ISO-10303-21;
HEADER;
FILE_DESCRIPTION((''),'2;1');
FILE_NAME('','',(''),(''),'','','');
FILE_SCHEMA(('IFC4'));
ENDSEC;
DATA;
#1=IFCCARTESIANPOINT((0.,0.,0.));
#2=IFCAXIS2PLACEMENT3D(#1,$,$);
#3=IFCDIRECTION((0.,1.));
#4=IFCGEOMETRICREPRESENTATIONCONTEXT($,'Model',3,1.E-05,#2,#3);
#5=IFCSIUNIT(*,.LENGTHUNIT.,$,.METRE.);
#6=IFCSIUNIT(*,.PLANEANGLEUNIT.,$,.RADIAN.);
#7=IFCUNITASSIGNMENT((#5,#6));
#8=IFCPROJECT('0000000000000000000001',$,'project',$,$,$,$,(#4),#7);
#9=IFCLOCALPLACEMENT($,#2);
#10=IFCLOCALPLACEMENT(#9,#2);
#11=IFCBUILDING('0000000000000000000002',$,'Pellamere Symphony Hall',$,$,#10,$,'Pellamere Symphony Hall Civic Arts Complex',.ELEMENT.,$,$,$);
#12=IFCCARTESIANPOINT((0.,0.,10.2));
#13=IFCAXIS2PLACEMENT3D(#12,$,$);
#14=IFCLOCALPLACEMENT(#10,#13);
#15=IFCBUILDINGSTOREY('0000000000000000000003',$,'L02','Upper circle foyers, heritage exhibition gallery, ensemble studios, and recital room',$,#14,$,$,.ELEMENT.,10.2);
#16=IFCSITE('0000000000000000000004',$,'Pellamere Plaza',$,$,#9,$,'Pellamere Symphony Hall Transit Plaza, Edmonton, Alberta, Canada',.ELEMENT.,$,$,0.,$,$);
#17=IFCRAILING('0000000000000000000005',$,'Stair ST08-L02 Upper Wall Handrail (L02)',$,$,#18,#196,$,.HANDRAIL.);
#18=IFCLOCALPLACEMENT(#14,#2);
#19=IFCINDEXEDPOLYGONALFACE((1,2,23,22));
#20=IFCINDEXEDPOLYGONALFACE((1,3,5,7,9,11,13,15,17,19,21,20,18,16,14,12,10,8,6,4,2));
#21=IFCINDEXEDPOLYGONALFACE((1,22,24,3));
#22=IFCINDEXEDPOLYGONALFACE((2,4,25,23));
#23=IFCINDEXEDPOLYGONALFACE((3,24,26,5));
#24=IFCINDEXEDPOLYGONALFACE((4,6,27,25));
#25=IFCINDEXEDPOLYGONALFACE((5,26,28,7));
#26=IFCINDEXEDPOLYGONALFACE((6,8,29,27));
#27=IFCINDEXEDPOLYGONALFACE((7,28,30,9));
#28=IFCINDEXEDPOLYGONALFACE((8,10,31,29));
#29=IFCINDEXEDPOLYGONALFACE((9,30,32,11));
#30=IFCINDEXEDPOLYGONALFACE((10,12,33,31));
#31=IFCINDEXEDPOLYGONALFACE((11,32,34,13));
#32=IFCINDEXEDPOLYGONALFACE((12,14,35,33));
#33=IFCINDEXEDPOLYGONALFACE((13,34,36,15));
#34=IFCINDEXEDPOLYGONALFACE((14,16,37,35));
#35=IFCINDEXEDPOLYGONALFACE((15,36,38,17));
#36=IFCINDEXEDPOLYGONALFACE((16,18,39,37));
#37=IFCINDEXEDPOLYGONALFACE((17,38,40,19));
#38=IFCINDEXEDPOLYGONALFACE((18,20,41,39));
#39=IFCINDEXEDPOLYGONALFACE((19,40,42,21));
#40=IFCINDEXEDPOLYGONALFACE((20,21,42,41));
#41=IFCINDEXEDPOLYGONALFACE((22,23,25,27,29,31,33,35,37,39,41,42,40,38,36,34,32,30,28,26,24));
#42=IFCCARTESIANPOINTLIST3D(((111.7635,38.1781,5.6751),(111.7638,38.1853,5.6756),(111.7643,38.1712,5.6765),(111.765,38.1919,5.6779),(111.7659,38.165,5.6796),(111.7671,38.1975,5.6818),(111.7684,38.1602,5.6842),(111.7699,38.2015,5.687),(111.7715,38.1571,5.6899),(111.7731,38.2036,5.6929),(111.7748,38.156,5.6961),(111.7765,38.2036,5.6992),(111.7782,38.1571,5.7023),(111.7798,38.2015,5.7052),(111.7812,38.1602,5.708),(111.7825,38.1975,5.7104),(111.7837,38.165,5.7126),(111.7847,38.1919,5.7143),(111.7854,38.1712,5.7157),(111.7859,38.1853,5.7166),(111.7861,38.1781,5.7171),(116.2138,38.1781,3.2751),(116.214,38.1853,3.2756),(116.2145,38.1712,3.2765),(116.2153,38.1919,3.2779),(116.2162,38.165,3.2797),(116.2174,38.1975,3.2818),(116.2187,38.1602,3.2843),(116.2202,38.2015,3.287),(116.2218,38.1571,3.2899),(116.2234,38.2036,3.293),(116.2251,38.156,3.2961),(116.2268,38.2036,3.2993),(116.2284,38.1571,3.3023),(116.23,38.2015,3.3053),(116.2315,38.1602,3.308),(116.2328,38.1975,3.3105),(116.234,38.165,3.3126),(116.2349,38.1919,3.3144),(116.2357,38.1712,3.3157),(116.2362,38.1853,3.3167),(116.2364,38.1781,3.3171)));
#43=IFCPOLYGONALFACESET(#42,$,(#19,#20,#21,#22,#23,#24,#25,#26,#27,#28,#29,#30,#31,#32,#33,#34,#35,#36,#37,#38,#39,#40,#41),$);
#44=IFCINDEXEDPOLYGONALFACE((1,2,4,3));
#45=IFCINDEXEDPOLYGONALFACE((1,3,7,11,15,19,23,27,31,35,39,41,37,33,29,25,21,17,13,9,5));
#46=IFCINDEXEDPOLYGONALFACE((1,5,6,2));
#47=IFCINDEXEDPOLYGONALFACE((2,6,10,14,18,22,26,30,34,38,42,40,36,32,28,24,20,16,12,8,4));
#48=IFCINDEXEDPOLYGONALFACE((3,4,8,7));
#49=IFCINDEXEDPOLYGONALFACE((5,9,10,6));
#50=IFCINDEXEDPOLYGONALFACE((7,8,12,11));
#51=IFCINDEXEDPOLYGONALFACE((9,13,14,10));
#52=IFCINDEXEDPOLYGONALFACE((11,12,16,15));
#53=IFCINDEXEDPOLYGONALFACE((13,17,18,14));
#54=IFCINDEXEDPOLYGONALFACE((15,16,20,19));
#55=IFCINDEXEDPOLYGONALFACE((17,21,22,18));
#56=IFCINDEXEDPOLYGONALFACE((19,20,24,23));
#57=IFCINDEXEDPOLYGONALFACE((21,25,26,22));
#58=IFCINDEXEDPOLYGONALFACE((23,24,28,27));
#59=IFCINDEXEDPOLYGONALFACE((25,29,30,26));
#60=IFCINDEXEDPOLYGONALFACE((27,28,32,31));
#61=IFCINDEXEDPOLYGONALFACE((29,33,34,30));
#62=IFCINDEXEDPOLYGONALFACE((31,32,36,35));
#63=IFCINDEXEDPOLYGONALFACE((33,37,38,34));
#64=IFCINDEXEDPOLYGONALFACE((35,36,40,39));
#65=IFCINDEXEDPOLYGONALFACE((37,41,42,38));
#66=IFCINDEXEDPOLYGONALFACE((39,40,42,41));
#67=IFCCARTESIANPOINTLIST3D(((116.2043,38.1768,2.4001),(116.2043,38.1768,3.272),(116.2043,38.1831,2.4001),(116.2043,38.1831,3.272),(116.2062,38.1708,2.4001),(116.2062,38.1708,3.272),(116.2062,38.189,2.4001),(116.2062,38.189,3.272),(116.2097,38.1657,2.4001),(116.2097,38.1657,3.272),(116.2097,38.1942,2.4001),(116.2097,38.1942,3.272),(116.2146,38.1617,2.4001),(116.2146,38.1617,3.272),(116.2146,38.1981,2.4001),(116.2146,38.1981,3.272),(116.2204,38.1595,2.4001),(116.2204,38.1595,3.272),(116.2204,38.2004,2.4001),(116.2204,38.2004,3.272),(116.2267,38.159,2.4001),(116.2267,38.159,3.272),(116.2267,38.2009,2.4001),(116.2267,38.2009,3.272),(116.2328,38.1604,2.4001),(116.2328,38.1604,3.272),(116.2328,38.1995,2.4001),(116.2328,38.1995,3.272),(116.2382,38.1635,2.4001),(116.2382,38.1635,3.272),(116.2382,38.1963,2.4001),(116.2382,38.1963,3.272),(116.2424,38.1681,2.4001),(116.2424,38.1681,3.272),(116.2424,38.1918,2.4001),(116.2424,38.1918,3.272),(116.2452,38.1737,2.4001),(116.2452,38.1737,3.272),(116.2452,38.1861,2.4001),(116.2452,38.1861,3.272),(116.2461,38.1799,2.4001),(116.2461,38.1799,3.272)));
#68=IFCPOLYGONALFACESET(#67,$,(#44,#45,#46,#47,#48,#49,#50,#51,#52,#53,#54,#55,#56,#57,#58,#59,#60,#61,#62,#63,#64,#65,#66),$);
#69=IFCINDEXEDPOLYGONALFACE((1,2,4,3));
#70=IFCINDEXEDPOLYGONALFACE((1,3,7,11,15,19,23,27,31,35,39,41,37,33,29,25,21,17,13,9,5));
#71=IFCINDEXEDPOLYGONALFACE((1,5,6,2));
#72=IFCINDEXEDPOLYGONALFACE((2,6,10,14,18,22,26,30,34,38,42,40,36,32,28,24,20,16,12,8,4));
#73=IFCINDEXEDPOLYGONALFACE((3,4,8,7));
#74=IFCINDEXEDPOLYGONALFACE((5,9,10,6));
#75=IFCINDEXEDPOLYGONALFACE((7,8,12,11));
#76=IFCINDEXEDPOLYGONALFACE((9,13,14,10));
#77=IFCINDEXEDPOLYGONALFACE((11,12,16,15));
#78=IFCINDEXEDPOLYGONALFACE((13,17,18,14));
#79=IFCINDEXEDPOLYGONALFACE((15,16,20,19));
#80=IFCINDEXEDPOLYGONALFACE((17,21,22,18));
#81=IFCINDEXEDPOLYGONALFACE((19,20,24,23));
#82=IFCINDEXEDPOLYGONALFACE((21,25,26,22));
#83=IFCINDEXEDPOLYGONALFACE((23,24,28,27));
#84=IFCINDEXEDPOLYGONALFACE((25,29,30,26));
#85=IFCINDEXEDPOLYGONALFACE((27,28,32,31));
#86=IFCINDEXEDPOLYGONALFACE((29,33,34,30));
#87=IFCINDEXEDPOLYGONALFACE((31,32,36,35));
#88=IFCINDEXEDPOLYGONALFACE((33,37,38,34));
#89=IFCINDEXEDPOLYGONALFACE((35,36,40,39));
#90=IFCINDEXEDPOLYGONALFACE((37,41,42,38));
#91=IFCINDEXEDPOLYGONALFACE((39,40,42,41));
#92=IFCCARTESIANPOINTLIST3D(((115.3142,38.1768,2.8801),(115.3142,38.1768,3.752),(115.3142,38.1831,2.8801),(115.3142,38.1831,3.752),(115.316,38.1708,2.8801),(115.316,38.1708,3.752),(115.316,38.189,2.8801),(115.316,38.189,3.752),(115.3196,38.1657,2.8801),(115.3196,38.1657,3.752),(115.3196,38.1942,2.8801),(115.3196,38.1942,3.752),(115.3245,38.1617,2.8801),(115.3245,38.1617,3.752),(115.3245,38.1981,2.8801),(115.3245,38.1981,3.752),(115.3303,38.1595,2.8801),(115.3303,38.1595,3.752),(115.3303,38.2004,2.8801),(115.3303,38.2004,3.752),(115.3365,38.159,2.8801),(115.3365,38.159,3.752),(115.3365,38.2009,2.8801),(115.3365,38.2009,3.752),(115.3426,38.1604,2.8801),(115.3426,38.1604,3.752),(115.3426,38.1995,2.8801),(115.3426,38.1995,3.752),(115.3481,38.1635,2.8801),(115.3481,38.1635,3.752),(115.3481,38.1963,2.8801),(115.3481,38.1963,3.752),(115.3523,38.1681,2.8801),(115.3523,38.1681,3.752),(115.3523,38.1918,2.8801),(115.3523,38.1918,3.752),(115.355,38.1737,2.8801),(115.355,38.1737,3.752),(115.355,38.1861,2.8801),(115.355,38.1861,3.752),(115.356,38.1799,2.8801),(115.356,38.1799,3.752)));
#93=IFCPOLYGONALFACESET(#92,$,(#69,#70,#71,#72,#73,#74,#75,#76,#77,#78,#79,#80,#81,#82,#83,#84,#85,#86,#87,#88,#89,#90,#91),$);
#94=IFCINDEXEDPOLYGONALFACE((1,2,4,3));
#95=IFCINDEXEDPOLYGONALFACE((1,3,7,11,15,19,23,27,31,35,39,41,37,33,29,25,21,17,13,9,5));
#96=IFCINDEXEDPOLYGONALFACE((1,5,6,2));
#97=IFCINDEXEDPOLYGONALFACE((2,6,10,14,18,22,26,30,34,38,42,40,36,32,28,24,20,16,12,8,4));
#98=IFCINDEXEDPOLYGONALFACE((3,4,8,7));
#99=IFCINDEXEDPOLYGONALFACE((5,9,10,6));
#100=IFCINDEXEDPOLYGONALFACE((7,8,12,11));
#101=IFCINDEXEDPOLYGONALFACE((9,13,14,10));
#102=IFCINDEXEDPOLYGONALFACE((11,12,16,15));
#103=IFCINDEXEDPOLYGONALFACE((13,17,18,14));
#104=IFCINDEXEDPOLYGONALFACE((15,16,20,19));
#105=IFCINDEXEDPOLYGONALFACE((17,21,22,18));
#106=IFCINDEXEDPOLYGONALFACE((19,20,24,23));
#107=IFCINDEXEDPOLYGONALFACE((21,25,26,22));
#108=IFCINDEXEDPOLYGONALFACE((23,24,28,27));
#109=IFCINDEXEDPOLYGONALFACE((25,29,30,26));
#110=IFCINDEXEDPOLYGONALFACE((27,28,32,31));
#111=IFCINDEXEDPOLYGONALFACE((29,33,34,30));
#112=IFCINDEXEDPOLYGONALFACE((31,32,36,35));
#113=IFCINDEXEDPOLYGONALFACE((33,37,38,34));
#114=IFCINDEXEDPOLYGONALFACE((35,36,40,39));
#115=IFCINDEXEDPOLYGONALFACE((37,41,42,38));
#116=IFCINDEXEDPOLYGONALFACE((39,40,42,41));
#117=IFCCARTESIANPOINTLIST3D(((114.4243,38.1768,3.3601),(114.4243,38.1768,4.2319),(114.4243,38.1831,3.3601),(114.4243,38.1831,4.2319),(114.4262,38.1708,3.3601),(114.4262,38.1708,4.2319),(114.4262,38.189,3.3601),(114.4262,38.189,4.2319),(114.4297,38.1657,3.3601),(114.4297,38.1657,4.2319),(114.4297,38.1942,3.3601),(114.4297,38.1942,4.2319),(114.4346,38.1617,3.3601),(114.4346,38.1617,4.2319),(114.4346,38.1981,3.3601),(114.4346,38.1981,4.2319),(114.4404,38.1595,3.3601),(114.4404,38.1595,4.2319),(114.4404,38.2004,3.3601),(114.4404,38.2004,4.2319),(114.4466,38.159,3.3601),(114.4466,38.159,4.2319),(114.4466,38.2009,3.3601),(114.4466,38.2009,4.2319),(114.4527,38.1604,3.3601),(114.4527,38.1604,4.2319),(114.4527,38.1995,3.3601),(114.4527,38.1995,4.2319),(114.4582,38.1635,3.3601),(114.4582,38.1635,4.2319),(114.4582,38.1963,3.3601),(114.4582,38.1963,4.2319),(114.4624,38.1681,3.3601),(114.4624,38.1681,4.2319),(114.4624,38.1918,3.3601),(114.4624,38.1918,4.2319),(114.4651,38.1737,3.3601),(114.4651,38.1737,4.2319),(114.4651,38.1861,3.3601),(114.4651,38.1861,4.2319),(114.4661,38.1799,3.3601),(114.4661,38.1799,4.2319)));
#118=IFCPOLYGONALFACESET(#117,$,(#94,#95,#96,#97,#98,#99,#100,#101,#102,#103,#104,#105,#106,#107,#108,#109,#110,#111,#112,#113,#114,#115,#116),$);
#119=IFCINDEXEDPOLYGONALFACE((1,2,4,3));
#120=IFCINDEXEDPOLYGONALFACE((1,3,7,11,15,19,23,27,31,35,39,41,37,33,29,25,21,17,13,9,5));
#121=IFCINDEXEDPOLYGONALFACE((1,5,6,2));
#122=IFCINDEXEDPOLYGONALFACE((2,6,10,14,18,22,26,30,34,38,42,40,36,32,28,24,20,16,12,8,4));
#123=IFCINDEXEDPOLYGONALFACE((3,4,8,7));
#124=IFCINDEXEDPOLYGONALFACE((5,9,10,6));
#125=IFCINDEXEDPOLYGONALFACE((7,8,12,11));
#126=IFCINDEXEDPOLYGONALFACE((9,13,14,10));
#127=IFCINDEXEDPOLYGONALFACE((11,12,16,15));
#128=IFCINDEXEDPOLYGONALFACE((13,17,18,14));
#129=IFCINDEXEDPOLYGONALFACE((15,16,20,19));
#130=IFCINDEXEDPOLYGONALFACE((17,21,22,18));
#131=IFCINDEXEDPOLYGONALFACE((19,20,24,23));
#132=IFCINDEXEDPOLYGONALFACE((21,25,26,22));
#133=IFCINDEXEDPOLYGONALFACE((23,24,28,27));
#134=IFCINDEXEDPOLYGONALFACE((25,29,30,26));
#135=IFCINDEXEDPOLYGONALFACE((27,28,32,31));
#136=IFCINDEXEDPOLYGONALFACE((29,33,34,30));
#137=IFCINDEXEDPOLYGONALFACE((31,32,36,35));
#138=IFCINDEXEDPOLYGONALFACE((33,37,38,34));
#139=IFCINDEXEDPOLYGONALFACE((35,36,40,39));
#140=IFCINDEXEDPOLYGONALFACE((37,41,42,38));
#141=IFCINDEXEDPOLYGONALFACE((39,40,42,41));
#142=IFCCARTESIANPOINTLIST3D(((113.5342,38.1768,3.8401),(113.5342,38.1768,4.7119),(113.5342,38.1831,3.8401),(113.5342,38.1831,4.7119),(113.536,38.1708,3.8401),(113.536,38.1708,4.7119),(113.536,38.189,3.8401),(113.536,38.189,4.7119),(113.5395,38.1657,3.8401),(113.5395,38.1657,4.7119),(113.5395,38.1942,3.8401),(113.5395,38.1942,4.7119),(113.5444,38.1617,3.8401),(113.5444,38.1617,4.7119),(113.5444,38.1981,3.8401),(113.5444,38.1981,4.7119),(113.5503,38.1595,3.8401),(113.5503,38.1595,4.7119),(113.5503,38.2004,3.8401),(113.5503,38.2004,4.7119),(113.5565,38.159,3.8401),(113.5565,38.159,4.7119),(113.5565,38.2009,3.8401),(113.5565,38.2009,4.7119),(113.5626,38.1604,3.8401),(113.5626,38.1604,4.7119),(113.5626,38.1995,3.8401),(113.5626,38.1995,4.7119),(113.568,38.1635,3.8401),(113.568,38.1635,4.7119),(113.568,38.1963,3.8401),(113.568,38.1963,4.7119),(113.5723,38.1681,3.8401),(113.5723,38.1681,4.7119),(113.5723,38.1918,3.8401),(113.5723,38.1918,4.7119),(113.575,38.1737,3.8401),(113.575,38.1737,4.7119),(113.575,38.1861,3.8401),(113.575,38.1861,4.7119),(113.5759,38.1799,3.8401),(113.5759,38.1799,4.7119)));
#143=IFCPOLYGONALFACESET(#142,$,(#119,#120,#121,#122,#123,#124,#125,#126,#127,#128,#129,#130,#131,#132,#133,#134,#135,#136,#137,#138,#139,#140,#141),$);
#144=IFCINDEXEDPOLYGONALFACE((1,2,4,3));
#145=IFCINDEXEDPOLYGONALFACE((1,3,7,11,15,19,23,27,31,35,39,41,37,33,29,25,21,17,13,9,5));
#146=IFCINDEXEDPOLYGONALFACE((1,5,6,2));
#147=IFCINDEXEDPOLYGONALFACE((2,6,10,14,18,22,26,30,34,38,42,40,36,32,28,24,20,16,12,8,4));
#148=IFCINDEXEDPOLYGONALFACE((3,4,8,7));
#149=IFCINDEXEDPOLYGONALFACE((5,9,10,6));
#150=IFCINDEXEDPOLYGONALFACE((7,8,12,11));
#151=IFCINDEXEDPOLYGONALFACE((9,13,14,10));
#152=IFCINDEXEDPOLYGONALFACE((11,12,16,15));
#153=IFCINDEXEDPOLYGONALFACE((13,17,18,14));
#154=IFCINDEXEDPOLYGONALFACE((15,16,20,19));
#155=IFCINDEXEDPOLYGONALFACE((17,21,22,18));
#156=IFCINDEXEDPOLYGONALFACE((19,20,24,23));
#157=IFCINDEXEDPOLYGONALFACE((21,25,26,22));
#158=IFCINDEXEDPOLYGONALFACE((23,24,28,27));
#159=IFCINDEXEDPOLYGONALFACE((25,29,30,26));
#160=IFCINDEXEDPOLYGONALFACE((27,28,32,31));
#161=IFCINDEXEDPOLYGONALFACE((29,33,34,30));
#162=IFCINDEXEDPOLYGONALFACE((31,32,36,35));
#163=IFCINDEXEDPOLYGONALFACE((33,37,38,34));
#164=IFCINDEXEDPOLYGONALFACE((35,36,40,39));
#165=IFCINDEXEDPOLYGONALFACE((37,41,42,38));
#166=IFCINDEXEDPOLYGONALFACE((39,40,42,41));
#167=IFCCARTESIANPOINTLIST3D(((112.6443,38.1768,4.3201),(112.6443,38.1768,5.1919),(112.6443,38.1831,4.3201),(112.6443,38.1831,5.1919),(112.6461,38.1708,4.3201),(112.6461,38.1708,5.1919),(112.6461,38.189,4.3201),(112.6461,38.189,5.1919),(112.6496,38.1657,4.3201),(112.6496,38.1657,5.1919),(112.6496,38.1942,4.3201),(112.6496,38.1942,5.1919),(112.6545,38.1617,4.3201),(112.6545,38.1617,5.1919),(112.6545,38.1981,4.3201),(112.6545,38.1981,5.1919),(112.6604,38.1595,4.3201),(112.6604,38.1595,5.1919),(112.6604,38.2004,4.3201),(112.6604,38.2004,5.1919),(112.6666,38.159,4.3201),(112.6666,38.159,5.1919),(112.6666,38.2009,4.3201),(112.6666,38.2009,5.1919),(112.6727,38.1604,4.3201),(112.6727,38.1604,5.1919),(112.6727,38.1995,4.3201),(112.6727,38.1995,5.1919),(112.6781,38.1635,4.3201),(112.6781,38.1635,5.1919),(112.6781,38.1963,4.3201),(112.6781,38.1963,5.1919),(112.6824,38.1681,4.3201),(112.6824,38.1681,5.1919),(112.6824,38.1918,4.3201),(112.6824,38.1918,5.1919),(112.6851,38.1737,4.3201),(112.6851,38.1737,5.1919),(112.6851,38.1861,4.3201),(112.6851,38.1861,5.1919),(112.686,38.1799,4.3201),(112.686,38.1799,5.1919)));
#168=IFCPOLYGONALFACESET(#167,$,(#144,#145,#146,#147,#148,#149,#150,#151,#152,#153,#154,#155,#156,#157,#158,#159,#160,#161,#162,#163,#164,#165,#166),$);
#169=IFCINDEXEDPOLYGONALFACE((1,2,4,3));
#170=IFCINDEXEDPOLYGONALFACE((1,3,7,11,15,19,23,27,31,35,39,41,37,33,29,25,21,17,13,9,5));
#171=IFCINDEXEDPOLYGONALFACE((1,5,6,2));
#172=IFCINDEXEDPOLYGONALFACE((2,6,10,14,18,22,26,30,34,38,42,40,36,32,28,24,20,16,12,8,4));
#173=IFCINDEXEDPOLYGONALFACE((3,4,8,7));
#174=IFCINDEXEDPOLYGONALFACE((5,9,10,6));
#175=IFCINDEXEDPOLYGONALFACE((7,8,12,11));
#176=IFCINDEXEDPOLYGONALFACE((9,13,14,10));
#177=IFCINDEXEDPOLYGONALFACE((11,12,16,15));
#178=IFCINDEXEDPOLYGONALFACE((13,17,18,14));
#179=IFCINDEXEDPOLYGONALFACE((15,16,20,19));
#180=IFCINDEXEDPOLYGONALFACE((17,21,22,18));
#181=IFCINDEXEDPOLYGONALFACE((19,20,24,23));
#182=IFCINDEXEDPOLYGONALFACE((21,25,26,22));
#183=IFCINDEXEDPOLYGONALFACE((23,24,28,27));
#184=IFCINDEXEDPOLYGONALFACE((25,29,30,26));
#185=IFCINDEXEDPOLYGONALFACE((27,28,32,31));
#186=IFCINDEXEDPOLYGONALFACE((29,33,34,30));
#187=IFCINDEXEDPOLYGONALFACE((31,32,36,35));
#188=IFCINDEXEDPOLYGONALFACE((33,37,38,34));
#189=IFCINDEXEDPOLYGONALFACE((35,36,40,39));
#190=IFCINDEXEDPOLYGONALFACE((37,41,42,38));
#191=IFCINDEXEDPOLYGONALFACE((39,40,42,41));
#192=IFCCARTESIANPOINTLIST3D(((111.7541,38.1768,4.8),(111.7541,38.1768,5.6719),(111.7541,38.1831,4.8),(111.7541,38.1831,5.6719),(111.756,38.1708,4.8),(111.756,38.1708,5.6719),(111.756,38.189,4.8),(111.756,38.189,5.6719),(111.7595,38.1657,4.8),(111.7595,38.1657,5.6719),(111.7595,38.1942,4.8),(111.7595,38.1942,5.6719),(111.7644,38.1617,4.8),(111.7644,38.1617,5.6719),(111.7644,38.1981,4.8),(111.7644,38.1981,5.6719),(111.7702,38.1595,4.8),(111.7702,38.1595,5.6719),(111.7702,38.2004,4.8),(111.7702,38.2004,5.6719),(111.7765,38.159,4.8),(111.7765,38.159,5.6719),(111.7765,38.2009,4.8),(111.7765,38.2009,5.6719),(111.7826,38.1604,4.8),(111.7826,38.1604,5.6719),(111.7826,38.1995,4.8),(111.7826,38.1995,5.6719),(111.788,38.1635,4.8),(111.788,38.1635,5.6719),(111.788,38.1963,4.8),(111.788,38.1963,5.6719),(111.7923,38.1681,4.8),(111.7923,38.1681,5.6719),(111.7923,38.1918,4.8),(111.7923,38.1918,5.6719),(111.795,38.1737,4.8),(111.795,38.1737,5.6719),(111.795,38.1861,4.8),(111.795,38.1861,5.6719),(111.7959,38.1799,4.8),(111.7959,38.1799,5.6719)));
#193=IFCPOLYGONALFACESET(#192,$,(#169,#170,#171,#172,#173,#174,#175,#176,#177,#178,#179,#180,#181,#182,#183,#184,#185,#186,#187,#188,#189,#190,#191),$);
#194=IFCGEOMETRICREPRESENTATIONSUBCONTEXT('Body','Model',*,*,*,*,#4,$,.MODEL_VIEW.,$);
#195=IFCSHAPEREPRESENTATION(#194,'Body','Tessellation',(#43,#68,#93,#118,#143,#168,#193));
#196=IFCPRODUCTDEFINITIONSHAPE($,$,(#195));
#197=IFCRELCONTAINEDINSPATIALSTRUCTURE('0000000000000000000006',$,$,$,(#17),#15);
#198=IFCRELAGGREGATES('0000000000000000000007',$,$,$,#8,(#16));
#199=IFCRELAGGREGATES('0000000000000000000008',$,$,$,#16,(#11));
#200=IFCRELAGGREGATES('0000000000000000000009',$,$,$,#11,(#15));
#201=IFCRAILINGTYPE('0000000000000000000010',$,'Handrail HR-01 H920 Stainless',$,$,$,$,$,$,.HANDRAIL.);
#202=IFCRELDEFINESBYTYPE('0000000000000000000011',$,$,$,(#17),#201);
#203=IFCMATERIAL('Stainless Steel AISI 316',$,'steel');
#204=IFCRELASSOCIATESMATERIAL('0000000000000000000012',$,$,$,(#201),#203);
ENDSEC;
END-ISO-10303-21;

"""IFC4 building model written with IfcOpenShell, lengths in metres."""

from ifc_helpers import new_model, si_unit, direction, frame, origin, origin_2d, place, context, subcontext, project, spatial, circle, extrude, material, type_object, element, save


model = new_model("IFC4")

# Units and contexts
model_context = context("Model", 3, precision=1e-05, world=origin(), true_north=direction((0.0, 1.0)))
body_context = subcontext(model_context, "Body", "Model", "MODEL_VIEW")
ifc_project = project(units=[si_unit("LENGTHUNIT", "METRE"), si_unit("PLANEANGLEUNIT", "RADIAN")], contexts=[model_context])

# Site, building, storey
site_placement = place(None, origin())
site = spatial("IfcSite", under=ifc_project, at=site_placement, Name="Pellamere Plaza", LongName="Pellamere Symphony Hall Transit Plaza, Edmonton, Alberta, Canada", CompositionType="ELEMENT", RefElevation=0.0)
building_placement = place(site_placement, origin())
building = spatial("IfcBuilding", under=site, at=building_placement, Name="Pellamere Symphony Hall", LongName="Pellamere Symphony Hall Civic Arts Complex", CompositionType="ELEMENT")
storey_placement = place(building_placement, frame((0.0, 0.0, 10.2)))
storey = spatial("IfcBuildingStorey", under=building, at=storey_placement, Name="L02", Description="Upper circle foyers, heritage exhibition gallery, ensemble studios, and recital room", CompositionType="ELEMENT", Elevation=10.2)

# Railing
ifc_material_1 = material(Name="Stainless Steel AISI 316", Category="steel")
railing_type_1 = type_object("IfcRailingType", Name="Handrail HR-01 H920 Stainless", PredefinedType="HANDRAIL", material=ifc_material_1)
railing_1_placement = place(storey_placement, frame((116.2251, 38.1799, 2.4001)))
element("IfcRailing", 1, at=railing_1_placement, inside=storey, type_object=railing_type_1, Name="Stair ST08-L02 Upper Wall Handrail (L02)", PredefinedType="HANDRAIL", context=body_context, shape_type="SweptSolid", body=[
    extrude(circle(Radius=0.0239, at=origin_2d()), frame((0.0, 0.0, 0.896), z_axis=(-0.88017, 0.0, 0.474658), x_axis=(0.0, -1.0, 0.0)), (0.0, 0.0, 1.0), 5.0562),
    extrude(circle(Radius=0.021, at=origin_2d()), origin(), (0.0, 0.0, 1.0), 0.8718),
    extrude(circle(Radius=0.021, at=origin_2d()), frame((-0.8901, 0.0, 0.48)), (0.0, 0.0, 1.0), 0.8718),
    extrude(circle(Radius=0.021, at=origin_2d()), frame((-1.78, 0.0, 0.96)), (0.0, 0.0, 1.0), 0.8718),
    extrude(circle(Radius=0.021, at=origin_2d()), frame((-2.6702, 0.0, 1.4399)), (0.0, 0.0, 1.0), 0.8718),
    extrude(circle(Radius=0.021, at=origin_2d()), frame((-3.5601, 0.0, 1.9199)), (0.0, 0.0, 1.0), 0.8718),
    extrude(circle(Radius=0.021, at=origin_2d()), frame((-4.4502, 0.0, 2.3999)), (0.0, 0.0, 1.0), 0.8718),
])

save(model, "model.ifc")
